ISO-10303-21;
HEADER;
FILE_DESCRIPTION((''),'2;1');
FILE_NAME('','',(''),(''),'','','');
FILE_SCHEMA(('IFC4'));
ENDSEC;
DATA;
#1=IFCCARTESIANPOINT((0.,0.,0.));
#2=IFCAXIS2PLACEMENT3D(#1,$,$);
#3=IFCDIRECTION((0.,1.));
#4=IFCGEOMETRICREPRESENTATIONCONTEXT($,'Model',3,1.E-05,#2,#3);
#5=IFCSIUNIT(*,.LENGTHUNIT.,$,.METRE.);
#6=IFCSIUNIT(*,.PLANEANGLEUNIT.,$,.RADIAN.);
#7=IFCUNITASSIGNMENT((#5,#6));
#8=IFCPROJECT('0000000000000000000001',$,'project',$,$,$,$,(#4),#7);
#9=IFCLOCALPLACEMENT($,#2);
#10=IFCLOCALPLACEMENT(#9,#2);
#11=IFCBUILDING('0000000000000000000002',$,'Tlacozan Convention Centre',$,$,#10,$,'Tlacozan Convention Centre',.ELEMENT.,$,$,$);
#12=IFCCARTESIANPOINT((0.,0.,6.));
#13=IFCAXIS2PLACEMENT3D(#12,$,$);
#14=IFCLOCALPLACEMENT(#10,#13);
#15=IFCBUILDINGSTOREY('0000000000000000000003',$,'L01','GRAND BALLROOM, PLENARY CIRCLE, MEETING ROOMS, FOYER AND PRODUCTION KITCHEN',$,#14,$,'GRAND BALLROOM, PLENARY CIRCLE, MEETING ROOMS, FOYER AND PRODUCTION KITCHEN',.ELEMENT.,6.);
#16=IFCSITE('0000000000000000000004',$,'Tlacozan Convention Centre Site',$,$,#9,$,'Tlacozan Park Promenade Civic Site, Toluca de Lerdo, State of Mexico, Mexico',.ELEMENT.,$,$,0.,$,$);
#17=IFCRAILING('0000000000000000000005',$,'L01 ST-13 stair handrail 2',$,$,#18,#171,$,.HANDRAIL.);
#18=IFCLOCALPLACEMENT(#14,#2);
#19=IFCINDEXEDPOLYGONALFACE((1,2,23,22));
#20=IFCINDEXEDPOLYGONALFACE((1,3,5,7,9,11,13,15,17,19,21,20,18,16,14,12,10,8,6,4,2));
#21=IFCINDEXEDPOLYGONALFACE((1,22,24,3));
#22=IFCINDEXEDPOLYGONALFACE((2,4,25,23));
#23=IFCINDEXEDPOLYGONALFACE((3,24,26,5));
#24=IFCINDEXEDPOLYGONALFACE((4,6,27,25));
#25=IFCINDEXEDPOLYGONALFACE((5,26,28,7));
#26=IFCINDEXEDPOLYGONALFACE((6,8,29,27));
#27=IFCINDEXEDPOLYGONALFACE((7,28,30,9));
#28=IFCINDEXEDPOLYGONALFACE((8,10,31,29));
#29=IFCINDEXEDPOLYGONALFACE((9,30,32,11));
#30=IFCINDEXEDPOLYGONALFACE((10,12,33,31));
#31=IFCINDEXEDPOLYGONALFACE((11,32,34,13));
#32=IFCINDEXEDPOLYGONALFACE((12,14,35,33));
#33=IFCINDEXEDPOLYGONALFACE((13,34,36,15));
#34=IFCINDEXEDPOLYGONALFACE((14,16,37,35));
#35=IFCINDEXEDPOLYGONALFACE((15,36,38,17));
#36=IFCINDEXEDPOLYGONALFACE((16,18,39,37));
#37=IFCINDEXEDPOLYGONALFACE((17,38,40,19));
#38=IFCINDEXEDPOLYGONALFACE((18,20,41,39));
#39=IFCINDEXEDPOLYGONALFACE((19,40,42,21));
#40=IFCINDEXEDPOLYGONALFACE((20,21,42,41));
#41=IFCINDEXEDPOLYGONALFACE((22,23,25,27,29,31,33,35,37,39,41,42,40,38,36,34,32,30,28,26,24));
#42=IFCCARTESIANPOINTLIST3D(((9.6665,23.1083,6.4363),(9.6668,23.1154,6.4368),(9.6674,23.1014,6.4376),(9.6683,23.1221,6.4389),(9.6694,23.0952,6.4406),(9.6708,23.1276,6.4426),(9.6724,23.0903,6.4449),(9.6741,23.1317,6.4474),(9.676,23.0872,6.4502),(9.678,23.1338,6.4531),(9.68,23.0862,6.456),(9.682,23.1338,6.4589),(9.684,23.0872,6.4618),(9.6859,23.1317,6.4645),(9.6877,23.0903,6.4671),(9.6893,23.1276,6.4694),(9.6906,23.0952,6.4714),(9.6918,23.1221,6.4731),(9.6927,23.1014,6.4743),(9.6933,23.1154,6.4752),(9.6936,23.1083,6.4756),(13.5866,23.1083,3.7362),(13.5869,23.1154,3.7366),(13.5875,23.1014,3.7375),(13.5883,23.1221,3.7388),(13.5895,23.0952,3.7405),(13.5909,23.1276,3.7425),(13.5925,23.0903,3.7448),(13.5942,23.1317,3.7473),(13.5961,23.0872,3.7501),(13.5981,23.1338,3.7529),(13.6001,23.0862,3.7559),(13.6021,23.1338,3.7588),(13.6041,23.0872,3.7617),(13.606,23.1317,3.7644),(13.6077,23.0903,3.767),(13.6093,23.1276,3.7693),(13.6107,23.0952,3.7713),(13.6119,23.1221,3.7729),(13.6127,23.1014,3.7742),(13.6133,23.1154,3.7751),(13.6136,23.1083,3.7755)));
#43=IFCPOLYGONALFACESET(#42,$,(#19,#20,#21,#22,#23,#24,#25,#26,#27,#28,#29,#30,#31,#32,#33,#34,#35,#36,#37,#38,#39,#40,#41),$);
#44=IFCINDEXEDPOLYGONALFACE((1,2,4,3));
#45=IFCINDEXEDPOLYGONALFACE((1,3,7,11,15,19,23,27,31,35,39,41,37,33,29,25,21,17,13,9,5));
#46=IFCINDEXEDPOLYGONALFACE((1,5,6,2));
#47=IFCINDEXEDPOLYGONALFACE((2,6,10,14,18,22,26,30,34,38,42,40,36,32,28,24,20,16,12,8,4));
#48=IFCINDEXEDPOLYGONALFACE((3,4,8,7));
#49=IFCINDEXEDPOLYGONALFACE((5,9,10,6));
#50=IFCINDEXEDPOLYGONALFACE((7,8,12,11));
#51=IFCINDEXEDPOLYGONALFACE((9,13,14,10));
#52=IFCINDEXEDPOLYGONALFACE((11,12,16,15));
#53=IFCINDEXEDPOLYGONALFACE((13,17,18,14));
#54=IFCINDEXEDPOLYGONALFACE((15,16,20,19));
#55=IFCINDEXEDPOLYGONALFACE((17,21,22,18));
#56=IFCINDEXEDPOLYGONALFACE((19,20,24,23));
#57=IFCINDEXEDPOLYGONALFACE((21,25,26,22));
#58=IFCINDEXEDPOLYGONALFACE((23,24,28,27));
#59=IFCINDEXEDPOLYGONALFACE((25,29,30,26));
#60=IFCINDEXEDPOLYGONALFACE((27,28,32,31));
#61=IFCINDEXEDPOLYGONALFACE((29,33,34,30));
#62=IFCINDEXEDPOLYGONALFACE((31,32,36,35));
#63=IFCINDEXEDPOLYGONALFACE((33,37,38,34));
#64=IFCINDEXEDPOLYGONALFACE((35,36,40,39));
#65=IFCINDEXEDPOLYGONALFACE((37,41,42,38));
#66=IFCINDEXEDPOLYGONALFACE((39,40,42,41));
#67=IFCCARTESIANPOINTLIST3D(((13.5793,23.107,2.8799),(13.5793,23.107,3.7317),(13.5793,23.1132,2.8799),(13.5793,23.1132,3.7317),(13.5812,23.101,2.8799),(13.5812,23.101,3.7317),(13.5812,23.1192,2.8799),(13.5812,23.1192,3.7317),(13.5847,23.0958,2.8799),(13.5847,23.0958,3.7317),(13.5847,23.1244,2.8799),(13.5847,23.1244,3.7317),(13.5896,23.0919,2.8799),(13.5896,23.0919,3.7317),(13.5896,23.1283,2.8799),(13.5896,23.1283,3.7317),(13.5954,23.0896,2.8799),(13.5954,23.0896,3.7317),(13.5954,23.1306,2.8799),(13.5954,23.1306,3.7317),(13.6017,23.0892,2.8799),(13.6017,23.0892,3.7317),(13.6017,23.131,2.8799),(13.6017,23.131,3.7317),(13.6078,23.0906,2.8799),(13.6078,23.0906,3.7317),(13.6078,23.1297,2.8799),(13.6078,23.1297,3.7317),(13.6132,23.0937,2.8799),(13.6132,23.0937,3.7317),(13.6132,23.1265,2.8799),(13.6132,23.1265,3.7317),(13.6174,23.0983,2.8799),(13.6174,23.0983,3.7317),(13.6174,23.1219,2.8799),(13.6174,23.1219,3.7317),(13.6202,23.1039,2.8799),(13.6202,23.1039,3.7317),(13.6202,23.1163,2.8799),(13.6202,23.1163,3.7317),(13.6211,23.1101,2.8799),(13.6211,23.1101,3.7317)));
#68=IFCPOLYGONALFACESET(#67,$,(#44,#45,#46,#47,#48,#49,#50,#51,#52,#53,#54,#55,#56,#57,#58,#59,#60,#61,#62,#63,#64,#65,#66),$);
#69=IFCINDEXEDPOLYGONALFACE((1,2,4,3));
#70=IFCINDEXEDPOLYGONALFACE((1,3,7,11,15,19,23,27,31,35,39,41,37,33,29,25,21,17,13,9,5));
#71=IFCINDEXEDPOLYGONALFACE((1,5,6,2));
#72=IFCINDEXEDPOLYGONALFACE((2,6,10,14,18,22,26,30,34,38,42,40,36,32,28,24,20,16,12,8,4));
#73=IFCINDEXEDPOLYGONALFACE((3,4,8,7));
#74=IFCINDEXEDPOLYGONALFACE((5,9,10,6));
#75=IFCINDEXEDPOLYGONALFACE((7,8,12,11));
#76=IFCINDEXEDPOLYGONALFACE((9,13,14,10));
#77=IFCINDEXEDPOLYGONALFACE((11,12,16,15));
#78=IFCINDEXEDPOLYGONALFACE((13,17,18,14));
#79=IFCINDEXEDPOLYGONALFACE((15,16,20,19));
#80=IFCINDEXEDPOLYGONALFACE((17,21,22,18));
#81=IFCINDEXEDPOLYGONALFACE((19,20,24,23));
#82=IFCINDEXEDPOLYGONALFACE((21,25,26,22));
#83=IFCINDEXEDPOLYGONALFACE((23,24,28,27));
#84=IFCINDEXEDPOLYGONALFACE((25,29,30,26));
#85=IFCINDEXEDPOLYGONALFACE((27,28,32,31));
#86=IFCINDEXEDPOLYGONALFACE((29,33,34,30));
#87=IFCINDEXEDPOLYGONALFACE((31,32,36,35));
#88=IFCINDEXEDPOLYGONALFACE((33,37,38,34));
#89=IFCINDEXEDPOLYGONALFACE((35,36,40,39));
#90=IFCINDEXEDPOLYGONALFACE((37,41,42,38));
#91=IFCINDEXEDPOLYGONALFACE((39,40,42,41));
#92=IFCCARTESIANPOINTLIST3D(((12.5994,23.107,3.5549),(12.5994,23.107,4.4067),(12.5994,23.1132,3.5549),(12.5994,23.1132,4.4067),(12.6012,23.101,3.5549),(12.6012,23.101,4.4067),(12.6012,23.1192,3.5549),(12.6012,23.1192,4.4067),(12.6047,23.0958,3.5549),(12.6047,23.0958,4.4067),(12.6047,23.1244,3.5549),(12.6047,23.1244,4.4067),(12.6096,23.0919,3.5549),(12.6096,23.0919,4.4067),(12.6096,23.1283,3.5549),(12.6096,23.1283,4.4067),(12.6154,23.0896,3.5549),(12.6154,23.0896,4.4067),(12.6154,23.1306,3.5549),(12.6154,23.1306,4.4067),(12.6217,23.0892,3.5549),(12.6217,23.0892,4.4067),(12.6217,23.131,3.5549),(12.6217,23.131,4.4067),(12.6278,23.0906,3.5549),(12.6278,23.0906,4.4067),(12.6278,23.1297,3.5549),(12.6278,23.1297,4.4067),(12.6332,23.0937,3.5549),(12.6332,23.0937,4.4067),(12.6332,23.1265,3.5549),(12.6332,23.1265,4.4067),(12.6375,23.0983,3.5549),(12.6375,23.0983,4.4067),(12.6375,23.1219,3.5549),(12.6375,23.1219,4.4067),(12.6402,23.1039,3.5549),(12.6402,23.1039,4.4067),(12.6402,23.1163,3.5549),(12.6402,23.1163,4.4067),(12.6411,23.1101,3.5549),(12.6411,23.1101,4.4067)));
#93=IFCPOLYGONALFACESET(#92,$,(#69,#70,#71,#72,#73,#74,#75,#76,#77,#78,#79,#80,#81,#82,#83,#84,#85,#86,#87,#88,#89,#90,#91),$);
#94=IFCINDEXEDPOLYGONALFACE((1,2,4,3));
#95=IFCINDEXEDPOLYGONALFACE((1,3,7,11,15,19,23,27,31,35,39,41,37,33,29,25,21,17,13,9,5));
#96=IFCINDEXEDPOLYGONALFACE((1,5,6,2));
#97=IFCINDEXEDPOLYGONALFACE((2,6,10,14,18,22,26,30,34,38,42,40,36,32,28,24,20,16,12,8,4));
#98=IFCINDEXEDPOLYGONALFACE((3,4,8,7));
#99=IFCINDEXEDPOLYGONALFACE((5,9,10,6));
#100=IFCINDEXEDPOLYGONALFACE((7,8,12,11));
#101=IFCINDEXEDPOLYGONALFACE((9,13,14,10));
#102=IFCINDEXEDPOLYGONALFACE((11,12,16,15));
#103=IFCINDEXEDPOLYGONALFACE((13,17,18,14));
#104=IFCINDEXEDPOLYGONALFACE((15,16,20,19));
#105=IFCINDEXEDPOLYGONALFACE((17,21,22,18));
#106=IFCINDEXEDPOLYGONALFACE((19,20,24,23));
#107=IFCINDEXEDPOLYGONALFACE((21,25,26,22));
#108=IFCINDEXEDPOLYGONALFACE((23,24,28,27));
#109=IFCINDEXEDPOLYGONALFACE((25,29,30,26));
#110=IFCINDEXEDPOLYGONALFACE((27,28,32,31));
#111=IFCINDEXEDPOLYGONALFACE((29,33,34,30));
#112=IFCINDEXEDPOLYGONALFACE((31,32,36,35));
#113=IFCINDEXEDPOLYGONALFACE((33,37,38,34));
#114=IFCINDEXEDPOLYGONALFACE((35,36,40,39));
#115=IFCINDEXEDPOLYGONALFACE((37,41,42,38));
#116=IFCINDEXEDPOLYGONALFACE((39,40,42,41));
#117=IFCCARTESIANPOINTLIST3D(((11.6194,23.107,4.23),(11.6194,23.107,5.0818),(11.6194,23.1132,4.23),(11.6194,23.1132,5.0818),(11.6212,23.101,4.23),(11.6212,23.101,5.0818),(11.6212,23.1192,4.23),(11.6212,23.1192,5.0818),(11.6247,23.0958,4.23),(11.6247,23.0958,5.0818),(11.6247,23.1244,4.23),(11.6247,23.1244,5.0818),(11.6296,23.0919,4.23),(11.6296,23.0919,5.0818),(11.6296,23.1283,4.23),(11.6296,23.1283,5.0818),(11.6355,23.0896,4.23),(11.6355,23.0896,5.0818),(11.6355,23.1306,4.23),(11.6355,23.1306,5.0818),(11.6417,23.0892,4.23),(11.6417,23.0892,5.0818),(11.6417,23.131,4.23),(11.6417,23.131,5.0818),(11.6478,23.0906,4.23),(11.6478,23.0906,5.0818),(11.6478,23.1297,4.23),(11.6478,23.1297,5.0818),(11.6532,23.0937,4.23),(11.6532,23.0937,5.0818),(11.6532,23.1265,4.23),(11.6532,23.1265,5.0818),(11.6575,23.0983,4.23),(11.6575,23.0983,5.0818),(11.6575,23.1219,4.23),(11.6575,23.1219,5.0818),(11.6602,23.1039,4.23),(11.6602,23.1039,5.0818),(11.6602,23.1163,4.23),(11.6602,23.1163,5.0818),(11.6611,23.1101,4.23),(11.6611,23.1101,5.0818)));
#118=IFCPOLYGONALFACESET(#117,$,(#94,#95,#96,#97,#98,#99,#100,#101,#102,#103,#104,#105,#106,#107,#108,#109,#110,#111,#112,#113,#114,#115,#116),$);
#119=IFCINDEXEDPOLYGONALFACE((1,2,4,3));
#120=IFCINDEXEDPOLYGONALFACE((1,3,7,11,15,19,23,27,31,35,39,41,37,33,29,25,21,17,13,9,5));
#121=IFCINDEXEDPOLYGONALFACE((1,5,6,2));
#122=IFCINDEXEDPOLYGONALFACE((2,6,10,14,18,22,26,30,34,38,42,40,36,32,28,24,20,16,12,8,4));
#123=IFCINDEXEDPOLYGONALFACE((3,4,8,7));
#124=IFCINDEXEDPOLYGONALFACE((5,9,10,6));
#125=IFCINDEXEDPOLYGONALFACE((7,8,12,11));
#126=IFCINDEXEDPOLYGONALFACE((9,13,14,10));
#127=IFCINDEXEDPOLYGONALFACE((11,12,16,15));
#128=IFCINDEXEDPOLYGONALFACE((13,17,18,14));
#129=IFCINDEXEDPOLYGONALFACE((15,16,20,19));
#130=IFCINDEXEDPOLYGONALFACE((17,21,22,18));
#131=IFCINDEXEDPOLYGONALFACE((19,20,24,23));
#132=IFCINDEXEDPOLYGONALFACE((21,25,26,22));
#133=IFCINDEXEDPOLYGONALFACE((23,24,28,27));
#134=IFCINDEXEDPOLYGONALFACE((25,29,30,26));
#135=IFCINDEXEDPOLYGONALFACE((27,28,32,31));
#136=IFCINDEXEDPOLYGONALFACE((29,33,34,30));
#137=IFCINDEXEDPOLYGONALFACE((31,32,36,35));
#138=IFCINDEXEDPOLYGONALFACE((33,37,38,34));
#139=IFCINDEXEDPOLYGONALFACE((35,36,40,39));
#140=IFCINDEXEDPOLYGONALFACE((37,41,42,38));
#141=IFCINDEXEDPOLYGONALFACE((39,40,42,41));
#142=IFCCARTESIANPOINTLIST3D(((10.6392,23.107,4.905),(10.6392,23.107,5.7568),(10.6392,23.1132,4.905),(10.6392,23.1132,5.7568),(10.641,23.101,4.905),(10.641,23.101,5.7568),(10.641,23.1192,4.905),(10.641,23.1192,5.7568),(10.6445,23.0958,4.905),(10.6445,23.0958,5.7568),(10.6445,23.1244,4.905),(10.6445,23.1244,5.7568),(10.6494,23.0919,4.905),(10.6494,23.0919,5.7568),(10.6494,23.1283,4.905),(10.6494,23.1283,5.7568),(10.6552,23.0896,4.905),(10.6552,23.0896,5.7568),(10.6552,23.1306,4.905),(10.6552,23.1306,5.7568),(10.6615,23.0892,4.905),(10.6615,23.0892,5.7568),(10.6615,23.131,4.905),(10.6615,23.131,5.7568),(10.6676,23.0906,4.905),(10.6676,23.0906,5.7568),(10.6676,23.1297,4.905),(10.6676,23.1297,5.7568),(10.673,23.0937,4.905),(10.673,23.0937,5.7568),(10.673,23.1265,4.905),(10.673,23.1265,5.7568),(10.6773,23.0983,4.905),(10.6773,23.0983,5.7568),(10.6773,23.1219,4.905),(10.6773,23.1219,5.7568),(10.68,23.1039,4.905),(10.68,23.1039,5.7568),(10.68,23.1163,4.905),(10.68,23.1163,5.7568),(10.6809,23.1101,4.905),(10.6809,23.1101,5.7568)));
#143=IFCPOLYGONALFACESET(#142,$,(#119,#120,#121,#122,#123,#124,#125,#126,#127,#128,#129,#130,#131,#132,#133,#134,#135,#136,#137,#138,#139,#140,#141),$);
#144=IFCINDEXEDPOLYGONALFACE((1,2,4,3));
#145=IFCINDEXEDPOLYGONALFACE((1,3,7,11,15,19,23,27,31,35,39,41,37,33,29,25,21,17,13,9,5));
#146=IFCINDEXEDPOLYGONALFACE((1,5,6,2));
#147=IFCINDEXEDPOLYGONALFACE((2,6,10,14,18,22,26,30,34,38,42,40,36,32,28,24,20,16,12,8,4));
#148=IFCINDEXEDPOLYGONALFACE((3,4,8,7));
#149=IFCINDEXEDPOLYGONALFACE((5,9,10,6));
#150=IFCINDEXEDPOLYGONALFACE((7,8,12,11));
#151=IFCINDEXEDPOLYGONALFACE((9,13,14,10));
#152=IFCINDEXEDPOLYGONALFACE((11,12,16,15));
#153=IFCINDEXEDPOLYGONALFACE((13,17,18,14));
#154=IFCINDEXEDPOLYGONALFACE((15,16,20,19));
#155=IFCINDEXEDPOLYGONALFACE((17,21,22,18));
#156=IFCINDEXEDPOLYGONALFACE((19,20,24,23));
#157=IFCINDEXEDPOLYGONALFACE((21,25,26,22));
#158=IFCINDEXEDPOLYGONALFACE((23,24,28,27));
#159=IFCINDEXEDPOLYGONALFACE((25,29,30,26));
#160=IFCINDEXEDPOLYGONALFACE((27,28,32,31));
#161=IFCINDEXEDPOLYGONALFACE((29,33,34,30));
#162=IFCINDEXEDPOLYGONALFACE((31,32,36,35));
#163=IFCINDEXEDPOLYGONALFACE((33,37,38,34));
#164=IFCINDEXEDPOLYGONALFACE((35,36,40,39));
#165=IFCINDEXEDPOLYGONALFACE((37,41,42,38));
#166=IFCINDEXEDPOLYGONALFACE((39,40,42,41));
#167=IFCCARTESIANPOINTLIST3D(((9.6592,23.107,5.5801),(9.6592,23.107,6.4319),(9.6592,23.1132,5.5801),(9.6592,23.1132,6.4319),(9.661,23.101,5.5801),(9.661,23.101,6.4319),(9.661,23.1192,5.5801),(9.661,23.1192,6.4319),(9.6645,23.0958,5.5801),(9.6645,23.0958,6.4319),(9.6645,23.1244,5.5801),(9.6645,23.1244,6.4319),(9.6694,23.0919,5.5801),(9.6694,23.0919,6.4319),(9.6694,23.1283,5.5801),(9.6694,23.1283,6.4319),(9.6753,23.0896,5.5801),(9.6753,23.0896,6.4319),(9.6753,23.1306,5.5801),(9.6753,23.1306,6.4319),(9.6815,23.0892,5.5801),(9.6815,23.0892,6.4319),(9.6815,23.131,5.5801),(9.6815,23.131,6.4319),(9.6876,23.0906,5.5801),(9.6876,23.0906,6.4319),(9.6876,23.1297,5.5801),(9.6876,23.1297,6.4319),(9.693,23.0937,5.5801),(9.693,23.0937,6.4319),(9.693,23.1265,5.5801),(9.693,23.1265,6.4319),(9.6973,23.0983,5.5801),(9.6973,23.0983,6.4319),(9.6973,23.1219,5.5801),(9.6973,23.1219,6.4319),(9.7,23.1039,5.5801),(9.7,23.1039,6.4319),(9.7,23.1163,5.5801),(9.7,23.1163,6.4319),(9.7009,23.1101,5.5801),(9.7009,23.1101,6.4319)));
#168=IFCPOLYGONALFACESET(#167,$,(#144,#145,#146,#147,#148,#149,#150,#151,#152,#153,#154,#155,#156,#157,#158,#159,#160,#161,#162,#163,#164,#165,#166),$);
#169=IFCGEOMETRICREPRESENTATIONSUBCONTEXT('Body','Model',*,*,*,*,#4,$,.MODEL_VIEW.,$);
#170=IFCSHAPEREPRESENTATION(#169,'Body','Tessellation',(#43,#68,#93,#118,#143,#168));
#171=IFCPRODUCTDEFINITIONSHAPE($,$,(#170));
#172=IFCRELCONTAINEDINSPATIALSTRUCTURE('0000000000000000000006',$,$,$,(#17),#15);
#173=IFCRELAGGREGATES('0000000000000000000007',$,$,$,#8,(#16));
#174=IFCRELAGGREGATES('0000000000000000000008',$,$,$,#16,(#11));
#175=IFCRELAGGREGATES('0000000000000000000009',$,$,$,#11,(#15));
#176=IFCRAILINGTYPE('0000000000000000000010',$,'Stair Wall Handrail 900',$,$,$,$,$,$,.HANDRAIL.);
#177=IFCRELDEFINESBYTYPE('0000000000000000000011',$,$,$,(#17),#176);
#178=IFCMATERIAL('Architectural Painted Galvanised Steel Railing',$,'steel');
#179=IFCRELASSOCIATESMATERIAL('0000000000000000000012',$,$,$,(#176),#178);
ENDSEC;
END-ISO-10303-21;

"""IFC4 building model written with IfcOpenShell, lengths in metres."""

from ifc_helpers import new_model, si_unit, direction, frame, origin, origin_2d, place, context, subcontext, project, spatial, circle, extrude, material, type_object, element, save


model = new_model("IFC4")

# Units and contexts
model_context = context("Model", 3, precision=1e-05, world=origin(), true_north=direction((0.0, 1.0)))
body_context = subcontext(model_context, "Body", "Model", "MODEL_VIEW")
ifc_project = project(units=[si_unit("LENGTHUNIT", "METRE"), si_unit("PLANEANGLEUNIT", "RADIAN")], contexts=[model_context])

# Site, building, storey
site_placement = place(None, origin())
site = spatial("IfcSite", under=ifc_project, at=site_placement, Name="Tlacozan Convention Centre Site", LongName="Tlacozan Park Promenade Civic Site, Toluca de Lerdo, State of Mexico, Mexico", CompositionType="ELEMENT", RefElevation=0.0)
building_placement = place(site_placement, origin())
building = spatial("IfcBuilding", under=site, at=building_placement, Name="Tlacozan Convention Centre", LongName="Tlacozan Convention Centre", CompositionType="ELEMENT")
storey_placement = place(building_placement, frame((0.0, 0.0, 6.0)))
storey = spatial("IfcBuildingStorey", under=building, at=storey_placement, Name="L01", Description="GRAND BALLROOM, PLENARY CIRCLE, MEETING ROOMS, FOYER AND PRODUCTION KITCHEN", LongName="GRAND BALLROOM, PLENARY CIRCLE, MEETING ROOMS, FOYER AND PRODUCTION KITCHEN", CompositionType="ELEMENT", Elevation=6.0)

# Railing
ifc_material_1 = material(Name="Architectural Painted Galvanised Steel Railing", Category="steel")
railing_type_1 = type_object("IfcRailingType", Name="Stair Wall Handrail 900", PredefinedType="HANDRAIL", material=ifc_material_1)
railing_1_placement = place(storey_placement, frame((13.6001, 23.1101, 2.8799)))
element("IfcRailing", 1, at=railing_1_placement, inside=storey, type_object=railing_type_1, Name="L01 ST-13 stair handrail 2", PredefinedType="HANDRAIL", context=body_context, shape_type="SweptSolid", body=[
    extrude(circle(Radius=0.0239, at=origin_2d()), frame((0.0, 0.0, 0.876), z_axis=(-0.823543, 0.0, 0.567253), x_axis=(0.0, -1.0, 0.0)), (0.0, 0.0, 1.0), 4.76),
    extrude(circle(Radius=0.021, at=origin_2d()), origin(), (0.0, 0.0, 1.0), 0.8518),
    extrude(circle(Radius=0.021, at=origin_2d()), frame((-0.98, 0.0, 0.675)), (0.0, 0.0, 1.0), 0.8518),
    extrude(circle(Radius=0.021, at=origin_2d()), frame((-1.96, 0.0, 1.3501)), (0.0, 0.0, 1.0), 0.8518),
    extrude(circle(Radius=0.021, at=origin_2d()), frame((-2.9402, 0.0, 2.0251)), (0.0, 0.0, 1.0), 0.8518),
    extrude(circle(Radius=0.021, at=origin_2d()), frame((-3.9202, 0.0, 2.7002)), (0.0, 0.0, 1.0), 0.8518),
])

save(model, "model.ifc")
